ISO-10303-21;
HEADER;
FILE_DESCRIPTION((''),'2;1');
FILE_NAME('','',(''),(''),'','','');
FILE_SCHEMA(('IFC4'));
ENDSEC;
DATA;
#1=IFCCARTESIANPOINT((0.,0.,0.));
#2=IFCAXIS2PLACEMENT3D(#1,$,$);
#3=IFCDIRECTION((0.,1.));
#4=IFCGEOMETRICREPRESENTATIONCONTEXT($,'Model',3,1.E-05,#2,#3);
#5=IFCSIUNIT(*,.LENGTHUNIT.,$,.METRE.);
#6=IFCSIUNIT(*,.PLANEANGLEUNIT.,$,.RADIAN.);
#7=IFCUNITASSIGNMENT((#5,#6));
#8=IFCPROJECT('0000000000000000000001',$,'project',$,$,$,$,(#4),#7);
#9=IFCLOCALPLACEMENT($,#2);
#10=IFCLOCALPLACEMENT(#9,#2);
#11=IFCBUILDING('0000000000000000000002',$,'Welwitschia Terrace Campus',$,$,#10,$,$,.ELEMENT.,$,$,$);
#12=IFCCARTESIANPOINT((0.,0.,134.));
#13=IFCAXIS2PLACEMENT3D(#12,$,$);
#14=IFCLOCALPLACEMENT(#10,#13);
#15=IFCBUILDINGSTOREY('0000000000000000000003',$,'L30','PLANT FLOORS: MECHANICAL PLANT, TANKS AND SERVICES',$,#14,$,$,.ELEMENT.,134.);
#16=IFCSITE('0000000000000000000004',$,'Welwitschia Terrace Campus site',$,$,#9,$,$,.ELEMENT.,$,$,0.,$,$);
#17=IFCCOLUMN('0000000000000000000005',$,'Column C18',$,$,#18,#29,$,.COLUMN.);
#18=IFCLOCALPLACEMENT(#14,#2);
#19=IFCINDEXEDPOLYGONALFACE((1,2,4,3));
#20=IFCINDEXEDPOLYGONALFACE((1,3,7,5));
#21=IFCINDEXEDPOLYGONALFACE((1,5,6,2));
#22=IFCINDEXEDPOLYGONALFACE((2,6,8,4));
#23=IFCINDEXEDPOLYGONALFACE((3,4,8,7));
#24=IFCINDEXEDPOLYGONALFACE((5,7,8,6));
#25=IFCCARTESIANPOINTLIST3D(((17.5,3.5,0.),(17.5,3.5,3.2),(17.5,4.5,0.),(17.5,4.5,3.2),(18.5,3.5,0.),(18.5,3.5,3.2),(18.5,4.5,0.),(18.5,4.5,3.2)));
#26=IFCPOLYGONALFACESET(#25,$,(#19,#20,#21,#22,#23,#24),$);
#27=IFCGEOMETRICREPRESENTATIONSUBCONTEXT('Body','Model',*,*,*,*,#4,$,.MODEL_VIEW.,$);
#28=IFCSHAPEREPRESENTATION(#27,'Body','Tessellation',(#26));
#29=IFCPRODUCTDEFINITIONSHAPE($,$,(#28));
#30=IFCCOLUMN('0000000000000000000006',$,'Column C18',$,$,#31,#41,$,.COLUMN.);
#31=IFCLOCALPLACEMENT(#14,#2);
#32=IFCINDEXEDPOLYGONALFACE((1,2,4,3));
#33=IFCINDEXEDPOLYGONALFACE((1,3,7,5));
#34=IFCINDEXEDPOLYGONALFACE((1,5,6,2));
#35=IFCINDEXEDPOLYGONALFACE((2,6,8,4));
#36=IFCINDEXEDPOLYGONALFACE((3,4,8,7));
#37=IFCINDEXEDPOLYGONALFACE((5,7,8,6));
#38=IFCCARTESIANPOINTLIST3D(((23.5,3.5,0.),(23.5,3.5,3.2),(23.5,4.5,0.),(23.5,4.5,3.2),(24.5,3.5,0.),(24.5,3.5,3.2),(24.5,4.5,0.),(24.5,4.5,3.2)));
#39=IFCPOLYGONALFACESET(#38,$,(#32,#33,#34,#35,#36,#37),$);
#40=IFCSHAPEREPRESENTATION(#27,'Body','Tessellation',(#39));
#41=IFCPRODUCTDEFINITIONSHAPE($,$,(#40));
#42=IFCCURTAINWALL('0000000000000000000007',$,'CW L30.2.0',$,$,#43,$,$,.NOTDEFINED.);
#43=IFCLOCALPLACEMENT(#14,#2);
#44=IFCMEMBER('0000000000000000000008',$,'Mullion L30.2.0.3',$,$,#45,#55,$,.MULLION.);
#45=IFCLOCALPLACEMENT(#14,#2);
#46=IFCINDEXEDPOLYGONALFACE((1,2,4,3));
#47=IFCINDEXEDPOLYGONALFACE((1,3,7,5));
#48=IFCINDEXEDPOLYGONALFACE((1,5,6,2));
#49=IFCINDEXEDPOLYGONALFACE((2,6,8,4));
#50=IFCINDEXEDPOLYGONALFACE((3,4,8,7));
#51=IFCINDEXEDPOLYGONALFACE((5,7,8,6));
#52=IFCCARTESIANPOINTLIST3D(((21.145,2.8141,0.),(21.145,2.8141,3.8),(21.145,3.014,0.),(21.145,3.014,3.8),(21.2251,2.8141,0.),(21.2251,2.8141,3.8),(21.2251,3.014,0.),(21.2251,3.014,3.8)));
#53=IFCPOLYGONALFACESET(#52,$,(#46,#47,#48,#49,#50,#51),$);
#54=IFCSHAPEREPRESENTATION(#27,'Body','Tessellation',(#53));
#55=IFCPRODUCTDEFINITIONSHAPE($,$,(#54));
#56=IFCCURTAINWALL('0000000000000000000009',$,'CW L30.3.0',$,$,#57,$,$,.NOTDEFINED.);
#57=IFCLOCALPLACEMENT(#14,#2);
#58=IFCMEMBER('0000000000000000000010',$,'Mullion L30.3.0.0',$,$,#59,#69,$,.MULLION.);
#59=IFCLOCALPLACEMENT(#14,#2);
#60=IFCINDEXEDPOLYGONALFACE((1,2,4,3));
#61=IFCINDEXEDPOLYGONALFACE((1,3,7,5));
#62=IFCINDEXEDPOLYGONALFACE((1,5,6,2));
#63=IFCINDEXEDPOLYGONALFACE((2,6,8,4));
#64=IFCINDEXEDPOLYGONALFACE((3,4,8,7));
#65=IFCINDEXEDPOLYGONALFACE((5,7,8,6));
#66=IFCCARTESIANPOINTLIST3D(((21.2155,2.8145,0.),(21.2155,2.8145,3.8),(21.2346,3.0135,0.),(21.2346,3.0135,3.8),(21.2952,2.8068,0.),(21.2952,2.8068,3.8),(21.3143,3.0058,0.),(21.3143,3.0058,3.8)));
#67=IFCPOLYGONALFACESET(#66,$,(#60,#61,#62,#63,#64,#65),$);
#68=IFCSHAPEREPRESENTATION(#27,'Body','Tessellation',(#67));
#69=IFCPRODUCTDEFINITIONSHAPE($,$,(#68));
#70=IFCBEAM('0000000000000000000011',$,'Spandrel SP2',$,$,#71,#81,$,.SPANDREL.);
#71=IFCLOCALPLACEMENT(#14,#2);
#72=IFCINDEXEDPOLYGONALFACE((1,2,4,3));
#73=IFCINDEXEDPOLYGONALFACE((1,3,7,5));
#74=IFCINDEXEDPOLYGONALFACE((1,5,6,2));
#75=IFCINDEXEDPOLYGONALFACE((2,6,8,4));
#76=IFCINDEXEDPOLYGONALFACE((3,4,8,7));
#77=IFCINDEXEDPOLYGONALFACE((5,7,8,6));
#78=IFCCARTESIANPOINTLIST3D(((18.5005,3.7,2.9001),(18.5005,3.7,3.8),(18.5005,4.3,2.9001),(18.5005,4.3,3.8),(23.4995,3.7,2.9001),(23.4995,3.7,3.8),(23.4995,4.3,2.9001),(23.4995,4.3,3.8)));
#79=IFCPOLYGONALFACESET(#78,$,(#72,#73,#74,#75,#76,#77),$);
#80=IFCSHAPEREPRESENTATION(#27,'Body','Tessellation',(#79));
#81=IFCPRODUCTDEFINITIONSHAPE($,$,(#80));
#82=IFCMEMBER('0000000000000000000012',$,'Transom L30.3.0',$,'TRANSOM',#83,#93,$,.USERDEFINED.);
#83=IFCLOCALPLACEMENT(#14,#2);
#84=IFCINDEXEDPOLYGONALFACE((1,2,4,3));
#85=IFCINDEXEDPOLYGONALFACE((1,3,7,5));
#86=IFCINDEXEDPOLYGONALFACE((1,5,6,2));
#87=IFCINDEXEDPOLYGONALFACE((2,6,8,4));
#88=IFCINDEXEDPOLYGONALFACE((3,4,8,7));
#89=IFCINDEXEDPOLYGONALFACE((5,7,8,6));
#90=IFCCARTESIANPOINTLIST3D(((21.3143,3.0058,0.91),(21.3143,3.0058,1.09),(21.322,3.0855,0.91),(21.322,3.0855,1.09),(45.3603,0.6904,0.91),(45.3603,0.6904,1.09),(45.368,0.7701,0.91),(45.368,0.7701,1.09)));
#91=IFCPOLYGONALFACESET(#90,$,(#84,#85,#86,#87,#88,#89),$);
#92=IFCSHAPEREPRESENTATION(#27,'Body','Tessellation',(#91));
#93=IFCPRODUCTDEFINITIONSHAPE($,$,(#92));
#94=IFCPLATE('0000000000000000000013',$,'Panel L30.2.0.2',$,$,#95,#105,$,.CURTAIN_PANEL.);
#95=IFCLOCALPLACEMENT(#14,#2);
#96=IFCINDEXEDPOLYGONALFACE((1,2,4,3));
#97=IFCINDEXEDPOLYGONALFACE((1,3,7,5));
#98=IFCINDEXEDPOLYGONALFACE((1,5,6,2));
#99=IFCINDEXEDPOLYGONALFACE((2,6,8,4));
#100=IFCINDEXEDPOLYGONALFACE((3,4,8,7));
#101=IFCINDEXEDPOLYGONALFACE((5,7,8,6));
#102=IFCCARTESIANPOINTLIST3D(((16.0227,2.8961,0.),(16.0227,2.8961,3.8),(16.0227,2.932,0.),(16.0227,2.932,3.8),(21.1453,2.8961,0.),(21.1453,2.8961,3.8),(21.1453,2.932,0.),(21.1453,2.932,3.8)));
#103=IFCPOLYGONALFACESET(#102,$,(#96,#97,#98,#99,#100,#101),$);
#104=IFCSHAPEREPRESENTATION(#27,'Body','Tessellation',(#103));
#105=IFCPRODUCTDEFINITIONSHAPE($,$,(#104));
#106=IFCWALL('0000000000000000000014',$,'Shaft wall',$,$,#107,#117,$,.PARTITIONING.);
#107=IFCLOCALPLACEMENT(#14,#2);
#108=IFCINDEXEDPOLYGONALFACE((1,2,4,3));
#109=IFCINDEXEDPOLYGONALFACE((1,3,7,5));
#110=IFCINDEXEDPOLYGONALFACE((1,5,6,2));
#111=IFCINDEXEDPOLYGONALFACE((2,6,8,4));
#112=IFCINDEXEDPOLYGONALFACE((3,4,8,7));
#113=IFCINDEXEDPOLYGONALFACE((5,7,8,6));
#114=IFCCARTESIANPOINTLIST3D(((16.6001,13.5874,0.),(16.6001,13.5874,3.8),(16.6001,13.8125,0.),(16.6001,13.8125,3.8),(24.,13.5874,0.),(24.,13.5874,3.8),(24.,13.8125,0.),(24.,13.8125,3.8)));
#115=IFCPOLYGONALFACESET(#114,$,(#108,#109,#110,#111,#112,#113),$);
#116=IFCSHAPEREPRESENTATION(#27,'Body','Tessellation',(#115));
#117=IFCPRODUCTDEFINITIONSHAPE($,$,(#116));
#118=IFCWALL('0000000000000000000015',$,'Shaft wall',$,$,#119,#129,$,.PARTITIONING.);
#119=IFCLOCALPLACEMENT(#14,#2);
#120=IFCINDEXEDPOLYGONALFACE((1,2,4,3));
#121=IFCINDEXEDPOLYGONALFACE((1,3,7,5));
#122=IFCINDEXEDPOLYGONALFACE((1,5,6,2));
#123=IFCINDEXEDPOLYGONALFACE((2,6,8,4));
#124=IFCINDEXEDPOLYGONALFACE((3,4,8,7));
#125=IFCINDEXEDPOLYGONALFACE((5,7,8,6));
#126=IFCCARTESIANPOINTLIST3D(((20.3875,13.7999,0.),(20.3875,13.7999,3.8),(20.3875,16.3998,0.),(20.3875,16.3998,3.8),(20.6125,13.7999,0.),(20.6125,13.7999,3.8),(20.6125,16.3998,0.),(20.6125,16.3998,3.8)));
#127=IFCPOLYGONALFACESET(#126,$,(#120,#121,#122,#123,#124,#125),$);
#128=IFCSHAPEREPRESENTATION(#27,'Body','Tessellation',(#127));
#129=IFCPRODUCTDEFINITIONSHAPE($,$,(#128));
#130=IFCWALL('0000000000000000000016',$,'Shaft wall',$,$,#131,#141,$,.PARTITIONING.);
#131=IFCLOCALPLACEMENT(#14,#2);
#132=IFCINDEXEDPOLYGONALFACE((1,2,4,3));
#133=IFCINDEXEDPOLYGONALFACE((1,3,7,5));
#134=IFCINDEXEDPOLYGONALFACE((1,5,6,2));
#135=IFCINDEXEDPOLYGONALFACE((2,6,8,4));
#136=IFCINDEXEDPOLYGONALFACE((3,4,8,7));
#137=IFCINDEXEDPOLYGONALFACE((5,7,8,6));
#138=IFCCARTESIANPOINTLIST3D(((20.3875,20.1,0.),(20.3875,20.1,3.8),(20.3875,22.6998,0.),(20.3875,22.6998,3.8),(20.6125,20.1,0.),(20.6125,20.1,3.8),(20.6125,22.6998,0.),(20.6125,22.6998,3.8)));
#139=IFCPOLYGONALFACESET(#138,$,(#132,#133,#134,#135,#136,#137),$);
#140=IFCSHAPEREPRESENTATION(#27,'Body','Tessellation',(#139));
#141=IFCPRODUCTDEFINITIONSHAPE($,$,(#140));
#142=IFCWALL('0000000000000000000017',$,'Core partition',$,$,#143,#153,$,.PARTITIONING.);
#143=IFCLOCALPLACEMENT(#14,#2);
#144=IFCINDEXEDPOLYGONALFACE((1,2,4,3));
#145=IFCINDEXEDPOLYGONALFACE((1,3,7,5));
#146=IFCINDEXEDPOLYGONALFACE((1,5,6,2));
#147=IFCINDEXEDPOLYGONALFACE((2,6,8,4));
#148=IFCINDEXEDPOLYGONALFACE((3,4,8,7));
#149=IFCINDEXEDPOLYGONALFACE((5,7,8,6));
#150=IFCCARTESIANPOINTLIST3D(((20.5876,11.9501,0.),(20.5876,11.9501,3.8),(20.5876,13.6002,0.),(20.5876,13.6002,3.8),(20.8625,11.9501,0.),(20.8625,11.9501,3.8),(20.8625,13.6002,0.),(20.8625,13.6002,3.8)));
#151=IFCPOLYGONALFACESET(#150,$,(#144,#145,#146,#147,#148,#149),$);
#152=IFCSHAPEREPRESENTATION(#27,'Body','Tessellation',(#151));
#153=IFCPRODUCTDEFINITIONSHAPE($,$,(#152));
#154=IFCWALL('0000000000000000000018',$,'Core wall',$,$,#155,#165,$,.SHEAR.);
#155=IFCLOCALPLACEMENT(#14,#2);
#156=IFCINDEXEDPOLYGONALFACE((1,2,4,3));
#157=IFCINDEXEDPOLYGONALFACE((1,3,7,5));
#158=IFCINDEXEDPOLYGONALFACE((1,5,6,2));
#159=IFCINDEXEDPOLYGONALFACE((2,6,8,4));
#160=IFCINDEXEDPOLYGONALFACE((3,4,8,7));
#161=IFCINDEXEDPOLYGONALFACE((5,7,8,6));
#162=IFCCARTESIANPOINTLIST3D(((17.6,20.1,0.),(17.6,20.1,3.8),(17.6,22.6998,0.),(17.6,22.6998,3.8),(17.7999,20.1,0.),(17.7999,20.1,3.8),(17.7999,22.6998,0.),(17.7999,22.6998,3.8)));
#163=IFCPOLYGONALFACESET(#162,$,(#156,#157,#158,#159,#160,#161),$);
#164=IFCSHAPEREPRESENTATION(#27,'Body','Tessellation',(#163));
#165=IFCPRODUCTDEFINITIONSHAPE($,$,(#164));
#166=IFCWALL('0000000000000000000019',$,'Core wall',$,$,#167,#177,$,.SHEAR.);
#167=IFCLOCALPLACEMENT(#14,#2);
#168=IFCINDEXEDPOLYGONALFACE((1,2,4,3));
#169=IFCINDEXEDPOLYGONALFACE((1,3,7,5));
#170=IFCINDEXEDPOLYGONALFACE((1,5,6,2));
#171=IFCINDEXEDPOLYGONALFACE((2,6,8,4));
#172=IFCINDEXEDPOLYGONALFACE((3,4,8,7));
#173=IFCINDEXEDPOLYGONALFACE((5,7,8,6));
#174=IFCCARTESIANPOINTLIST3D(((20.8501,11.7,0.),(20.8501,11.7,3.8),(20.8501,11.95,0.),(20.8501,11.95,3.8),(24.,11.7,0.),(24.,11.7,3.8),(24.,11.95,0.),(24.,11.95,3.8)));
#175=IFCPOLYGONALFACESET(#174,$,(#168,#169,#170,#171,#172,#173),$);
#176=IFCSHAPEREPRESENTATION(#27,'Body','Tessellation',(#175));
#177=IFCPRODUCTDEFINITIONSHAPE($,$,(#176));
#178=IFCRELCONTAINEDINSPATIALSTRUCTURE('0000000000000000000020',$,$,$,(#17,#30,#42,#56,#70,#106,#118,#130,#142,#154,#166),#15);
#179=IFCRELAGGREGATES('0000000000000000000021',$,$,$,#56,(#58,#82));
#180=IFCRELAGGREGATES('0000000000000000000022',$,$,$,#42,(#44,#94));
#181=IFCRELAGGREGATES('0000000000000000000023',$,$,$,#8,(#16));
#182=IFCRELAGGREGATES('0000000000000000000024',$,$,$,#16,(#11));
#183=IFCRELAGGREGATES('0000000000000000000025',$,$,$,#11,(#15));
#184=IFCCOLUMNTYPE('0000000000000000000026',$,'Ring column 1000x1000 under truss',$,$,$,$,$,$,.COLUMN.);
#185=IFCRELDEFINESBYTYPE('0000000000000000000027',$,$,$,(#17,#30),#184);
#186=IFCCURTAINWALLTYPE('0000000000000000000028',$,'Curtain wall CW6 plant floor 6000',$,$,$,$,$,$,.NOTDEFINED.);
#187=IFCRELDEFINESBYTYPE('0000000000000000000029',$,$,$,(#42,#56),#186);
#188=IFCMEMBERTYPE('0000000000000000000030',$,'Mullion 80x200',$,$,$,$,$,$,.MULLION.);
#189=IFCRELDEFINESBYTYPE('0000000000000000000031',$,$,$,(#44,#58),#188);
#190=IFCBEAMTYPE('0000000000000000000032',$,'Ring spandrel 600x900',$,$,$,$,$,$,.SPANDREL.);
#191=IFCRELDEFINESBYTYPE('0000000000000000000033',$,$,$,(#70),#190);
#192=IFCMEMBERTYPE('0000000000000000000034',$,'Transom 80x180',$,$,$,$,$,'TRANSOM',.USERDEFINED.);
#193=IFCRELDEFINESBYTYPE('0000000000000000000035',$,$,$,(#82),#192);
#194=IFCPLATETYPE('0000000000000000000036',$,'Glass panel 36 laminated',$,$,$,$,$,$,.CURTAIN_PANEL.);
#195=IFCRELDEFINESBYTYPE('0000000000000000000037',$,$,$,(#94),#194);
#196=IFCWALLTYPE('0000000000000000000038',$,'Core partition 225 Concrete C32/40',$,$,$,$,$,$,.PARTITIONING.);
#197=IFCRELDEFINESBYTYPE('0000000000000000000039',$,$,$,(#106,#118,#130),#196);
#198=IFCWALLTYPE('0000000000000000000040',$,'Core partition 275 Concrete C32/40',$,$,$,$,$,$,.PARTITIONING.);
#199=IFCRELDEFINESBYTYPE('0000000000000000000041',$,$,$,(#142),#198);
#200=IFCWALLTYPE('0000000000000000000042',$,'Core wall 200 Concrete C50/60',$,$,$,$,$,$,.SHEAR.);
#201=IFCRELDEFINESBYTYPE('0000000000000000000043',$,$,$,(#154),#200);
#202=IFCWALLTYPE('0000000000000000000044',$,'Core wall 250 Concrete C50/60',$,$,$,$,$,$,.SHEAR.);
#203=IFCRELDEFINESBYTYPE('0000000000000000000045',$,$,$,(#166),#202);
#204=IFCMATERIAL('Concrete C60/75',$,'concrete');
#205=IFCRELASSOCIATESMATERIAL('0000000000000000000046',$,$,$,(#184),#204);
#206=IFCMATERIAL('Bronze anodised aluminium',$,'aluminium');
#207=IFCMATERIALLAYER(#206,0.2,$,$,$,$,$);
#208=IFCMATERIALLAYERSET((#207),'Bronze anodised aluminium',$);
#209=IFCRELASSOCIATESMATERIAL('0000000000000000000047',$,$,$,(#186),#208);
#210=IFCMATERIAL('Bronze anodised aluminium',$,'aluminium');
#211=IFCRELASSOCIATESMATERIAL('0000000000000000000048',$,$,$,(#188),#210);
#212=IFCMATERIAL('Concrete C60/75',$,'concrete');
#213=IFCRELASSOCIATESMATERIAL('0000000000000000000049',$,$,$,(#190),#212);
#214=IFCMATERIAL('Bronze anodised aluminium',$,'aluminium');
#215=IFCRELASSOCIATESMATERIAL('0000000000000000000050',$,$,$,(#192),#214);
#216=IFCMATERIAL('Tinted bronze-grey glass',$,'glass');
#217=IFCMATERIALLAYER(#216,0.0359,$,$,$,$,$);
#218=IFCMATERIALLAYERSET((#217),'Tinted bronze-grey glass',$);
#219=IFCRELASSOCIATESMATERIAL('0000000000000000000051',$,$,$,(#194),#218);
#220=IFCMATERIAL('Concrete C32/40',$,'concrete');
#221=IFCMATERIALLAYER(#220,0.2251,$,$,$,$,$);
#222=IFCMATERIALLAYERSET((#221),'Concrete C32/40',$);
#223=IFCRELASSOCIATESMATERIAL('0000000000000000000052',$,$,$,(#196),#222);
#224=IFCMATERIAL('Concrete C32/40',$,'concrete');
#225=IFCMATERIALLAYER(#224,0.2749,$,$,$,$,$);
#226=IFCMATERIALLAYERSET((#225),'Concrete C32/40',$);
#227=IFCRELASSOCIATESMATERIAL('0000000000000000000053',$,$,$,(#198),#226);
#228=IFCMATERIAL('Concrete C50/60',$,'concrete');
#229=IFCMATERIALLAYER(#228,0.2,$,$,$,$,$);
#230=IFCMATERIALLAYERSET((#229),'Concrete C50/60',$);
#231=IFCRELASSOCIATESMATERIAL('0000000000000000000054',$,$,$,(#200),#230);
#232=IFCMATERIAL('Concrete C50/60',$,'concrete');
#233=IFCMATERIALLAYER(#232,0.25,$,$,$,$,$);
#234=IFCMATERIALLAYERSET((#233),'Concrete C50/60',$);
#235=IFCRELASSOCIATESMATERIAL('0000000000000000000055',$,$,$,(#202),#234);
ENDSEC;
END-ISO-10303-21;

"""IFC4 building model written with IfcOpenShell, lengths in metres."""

from ifc_helpers import new_model, si_unit, direction, frame, frame_2d, origin, origin_2d, place, context, subcontext, project, spatial, rectangle, extrude, material, layer, layer_set, material_profile, profile_set, type_object, element, aggregate, save


model = new_model("IFC4")

# Units and contexts
model_context = context("Model", 3, precision=1e-05, world=origin(), true_north=direction((0.0, 1.0)))
body_context = subcontext(model_context, "Body", "Model", "MODEL_VIEW")
ifc_project = project(units=[si_unit("LENGTHUNIT", "METRE"), si_unit("PLANEANGLEUNIT", "RADIAN")], contexts=[model_context])

# Site, building, storey
site_placement = place(None, origin())
site = spatial("IfcSite", under=ifc_project, at=site_placement, Name="Welwitschia Terrace Campus site", CompositionType="ELEMENT", RefElevation=0.0)
building_placement = place(site_placement, origin())
building = spatial("IfcBuilding", under=site, at=building_placement, Name="Welwitschia Terrace Campus", CompositionType="ELEMENT")
storey_placement = place(building_placement, frame((0.0, 0.0, 134.0)))
storey = spatial("IfcBuildingStorey", under=building, at=storey_placement, Name="L30", Description="PLANT FLOORS: MECHANICAL PLANT, TANKS AND SERVICES", CompositionType="ELEMENT", Elevation=134.0)

# Columns
ifc_material_1 = material(Name="Concrete C60/75", Category="concrete")
ifc_material_profile_1 = material_profile(ifc_material_1, rectangle(XDim=1.0, YDim=1.0, at=origin_2d()))
ifc_profile_set_1 = profile_set([ifc_material_profile_1], Name="Concrete C60/75")
column_type = type_object("IfcColumnType", Name="Ring column 1000x1000 under truss", PredefinedType="COLUMN", material=ifc_profile_set_1)
for number, where, z_axis, x_axis, name in (
    (1, (18.0, 4.0, 0.0), (0.0, 0.0, 1.0), (1.0, 0.0, 0.0), "Column C18"),
    (2, (24.0, 4.0, 0.0), (0.0, 0.0, 1.0), (1.0, 0.0, 0.0), "Column C18"),
):
    element("IfcColumn", number, at=place(storey_placement, frame(where, z_axis=z_axis, x_axis=x_axis)), inside=storey, type_object=column_type, Name=name, PredefinedType="COLUMN", context=body_context, shape_type="SweptSolid", body=[
        extrude(rectangle(XDim=1.0, YDim=1.0, at=origin_2d()), origin(), (0.0, 0.0, 1.0), 3.2),
    ])

# Curtain walls, members
ifc_material_2 = material(Name="Bronze anodised aluminium", Category="aluminium")
ifc_layer_1 = layer(ifc_material_2, 0.2)
ifc_layer_set_1 = layer_set([ifc_layer_1], Name="Bronze anodised aluminium")
curtain_wall_type = type_object("IfcCurtainWallType", Name="Curtain wall CW6 plant floor 6000", PredefinedType="NOTDEFINED", material=ifc_layer_set_1)
curtain_wall_1_placement = place(storey_placement, origin())
curtain_wall_1 = element("IfcCurtainWall", 3, at=curtain_wall_1_placement, inside=storey, type_object=curtain_wall_type, Name="CW L30.2.0", PredefinedType="NOTDEFINED")
ifc_material_3 = material(Name="Bronze anodised aluminium", Category="aluminium")
ifc_material_profile_2 = material_profile(ifc_material_3, rectangle(XDim=0.2, YDim=0.0801, at=origin_2d()))
ifc_profile_set_2 = profile_set([ifc_material_profile_2], Name="Bronze anodised aluminium")
member_type_1 = type_object("IfcMemberType", Name="Mullion 80x200", PredefinedType="MULLION", material=ifc_profile_set_2)
member_1_placement = place(storey_placement, frame((21.1851, 2.9141, 0.0), z_axis=(0.0, 0.0, 1.0), x_axis=(0.0, 1.0, 0.0)))
member_1 = element("IfcMember", 4, at=member_1_placement, type_object=member_type_1, Name="Mullion L30.2.0.3", PredefinedType="MULLION", context=body_context, shape_type="SweptSolid", body=[
    extrude(rectangle(XDim=0.2, YDim=0.0801, at=origin_2d()), origin(), (0.0, 0.0, 1.0), 3.8),
])
curtain_wall_2_placement = place(storey_placement, origin())
curtain_wall_2 = element("IfcCurtainWall", 5, at=curtain_wall_2_placement, inside=storey, type_object=curtain_wall_type, Name="CW L30.3.0", PredefinedType="NOTDEFINED")
member_2_placement = place(storey_placement, frame((21.2649, 2.9102, 0.0), z_axis=(0.0, 0.0, 1.0), x_axis=(0.095846, 0.995396, 0.0)))
member_2 = element("IfcMember", 6, at=member_2_placement, type_object=member_type_1, Name="Mullion L30.3.0.0", PredefinedType="MULLION", context=body_context, shape_type="SweptSolid", body=[
    extrude(rectangle(XDim=0.2, YDim=0.0801, at=origin_2d()), origin(), (0.0, 0.0, 1.0), 3.8),
])

# Beam
ifc_material_4 = material(Name="Concrete C60/75", Category="concrete")
ifc_material_profile_3 = material_profile(ifc_material_4, rectangle(XDim=0.6001, YDim=0.8999, at=origin_2d()))
ifc_profile_set_3 = profile_set([ifc_material_profile_3], Name="Concrete C60/75")
beam_type = type_object("IfcBeamType", Name="Ring spandrel 600x900", PredefinedType="SPANDREL", material=ifc_profile_set_3)
beam_placement = place(storey_placement, frame((18.5005, 4.0, 3.3501), z_axis=(1.0, 0.0, 0.0), x_axis=(0.0, 1.0, 0.0)))
element("IfcBeam", 7, at=beam_placement, inside=storey, type_object=beam_type, Name="Spandrel SP2", PredefinedType="SPANDREL", context=body_context, shape_type="SweptSolid", body=[
    extrude(rectangle(XDim=0.6001, YDim=0.8999, at=origin_2d()), origin(), (0.0, 0.0, 1.0), 4.999),
])

# Member
ifc_material_5 = material(Name="Bronze anodised aluminium", Category="aluminium")
ifc_material_profile_4 = material_profile(ifc_material_5, rectangle(XDim=0.0801, YDim=0.1799, at=origin_2d()))
ifc_profile_set_4 = profile_set([ifc_material_profile_4], Name="Bronze anodised aluminium")
member_type_2 = type_object("IfcMemberType", Name="Transom 80x180", ElementType="TRANSOM", PredefinedType="USERDEFINED", material=ifc_profile_set_4)
member_3_placement = place(storey_placement, frame((21.3181, 3.0457, 1.0), z_axis=(0.995396, -0.095849, 0.0), x_axis=(0.095849, 0.995396, 0.0)))
member_3 = element("IfcMember", 8, at=member_3_placement, type_object=member_type_2, Name="Transom L30.3.0", ObjectType="TRANSOM", PredefinedType="USERDEFINED", context=body_context, shape_type="SweptSolid", body=[
    extrude(rectangle(XDim=0.0801, YDim=0.1799, at=origin_2d()), origin(), (0.0, 0.0, 1.0), 24.1572),
])
aggregate(curtain_wall_2, [member_2, member_3])

# Plate
ifc_material_6 = material(Name="Tinted bronze-grey glass", Category="glass")
ifc_layer_2 = layer(ifc_material_6, 0.0359)
ifc_layer_set_2 = layer_set([ifc_layer_2], Name="Tinted bronze-grey glass")
plate_type = type_object("IfcPlateType", Name="Glass panel 36 laminated", PredefinedType="CURTAIN_PANEL", material=ifc_layer_set_2)
plate_placement = place(storey_placement, frame((18.584, 2.9141, 0.0), z_axis=(0.0, 0.0, 1.0), x_axis=(1.0, 0.0, 0.0)))
plate = element("IfcPlate", 9, at=plate_placement, type_object=plate_type, Name="Panel L30.2.0.2", PredefinedType="CURTAIN_PANEL", context=body_context, shape_type="SweptSolid", body=[
    extrude(rectangle(XDim=5.1226, YDim=0.0359, at=origin_2d()), origin(), (0.0, 0.0, 1.0), 3.8),
])
aggregate(curtain_wall_1, [member_1, plate])

# Walls
ifc_material_7 = material(Name="Concrete C32/40", Category="concrete")
ifc_layer_3 = layer(ifc_material_7, 0.2251)
ifc_layer_set_3 = layer_set([ifc_layer_3], Name="Concrete C32/40")
wall_type_1 = type_object("IfcWallType", Name="Core partition 225 Concrete C32/40", PredefinedType="PARTITIONING", material=ifc_layer_set_3)
wall_1_placement = place(storey_placement, frame((16.6001, 13.7, 0.0), z_axis=(0.0, 0.0, 1.0), x_axis=(1.0, 0.0, 0.0)))
element("IfcWall", 10, at=wall_1_placement, inside=storey, type_object=wall_type_1, Name="Shaft wall", PredefinedType="PARTITIONING", context=body_context, shape_type="SweptSolid", body=[
    extrude(rectangle(XDim=7.3999, YDim=0.2251, at=frame_2d((3.7, 0.0))), origin(), (0.0, 0.0, 1.0), 3.8),
])
for number, where, z_axis, x_axis, name in (
    (11, (20.5, 13.8, 0.0), (0.0, 0.0, 1.0), (0.0, 1.0, 0.0), "Shaft wall"),
    (12, (20.5, 20.1001, 0.0), (0.0, 0.0, 1.0), (0.0, 1.0, 0.0), "Shaft wall"),
):
    element("IfcWall", number, at=place(storey_placement, frame(where, z_axis=z_axis, x_axis=x_axis)), inside=storey, type_object=wall_type_1, Name=name, PredefinedType="PARTITIONING", context=body_context, shape_type="SweptSolid", body=[
        extrude(rectangle(XDim=2.5999, YDim=0.2251, at=frame_2d((1.2998, 0.0))), origin(), (0.0, 0.0, 1.0), 3.8),
    ])
ifc_material_8 = material(Name="Concrete C32/40", Category="concrete")
ifc_layer_4 = layer(ifc_material_8, 0.2749)
ifc_layer_set_4 = layer_set([ifc_layer_4], Name="Concrete C32/40")
wall_type_2 = type_object("IfcWallType", Name="Core partition 275 Concrete C32/40", PredefinedType="PARTITIONING", material=ifc_layer_set_4)
wall_2_placement = place(storey_placement, frame((20.7251, 11.95, 0.0), z_axis=(0.0, 0.0, 1.0), x_axis=(0.0, 1.0, 0.0)))
element("IfcWall", 13, at=wall_2_placement, inside=storey, type_object=wall_type_2, Name="Core partition", PredefinedType="PARTITIONING", context=body_context, shape_type="SweptSolid", body=[
    extrude(rectangle(XDim=1.6501, YDim=0.2749, at=frame_2d((0.8252, 0.0))), origin(), (0.0, 0.0, 1.0), 3.8),
])
ifc_material_9 = material(Name="Concrete C50/60", Category="concrete")
ifc_layer_5 = layer(ifc_material_9, 0.2)
ifc_layer_set_5 = layer_set([ifc_layer_5], Name="Concrete C50/60")
wall_type_3 = type_object("IfcWallType", Name="Core wall 200 Concrete C50/60", PredefinedType="SHEAR", material=ifc_layer_set_5)
wall_3_placement = place(storey_placement, frame((17.7, 20.1001, 0.0), z_axis=(0.0, 0.0, 1.0), x_axis=(0.0, 1.0, 0.0)))
element("IfcWall", 14, at=wall_3_placement, inside=storey, type_object=wall_type_3, Name="Core wall", PredefinedType="SHEAR", context=body_context, shape_type="SweptSolid", body=[
    extrude(rectangle(XDim=2.5999, YDim=0.2, at=frame_2d((1.2998, 0.0))), origin(), (0.0, 0.0, 1.0), 3.8),
])
ifc_material_10 = material(Name="Concrete C50/60", Category="concrete")
ifc_layer_6 = layer(ifc_material_10, 0.25)
ifc_layer_set_6 = layer_set([ifc_layer_6], Name="Concrete C50/60")
wall_type_4 = type_object("IfcWallType", Name="Core wall 250 Concrete C50/60", PredefinedType="SHEAR", material=ifc_layer_set_6)
wall_4_placement = place(storey_placement, frame((20.8501, 11.825, 0.0), z_axis=(0.0, 0.0, 1.0), x_axis=(1.0, 0.0, 0.0)))
element("IfcWall", 15, at=wall_4_placement, inside=storey, type_object=wall_type_4, Name="Core wall", PredefinedType="SHEAR", context=body_context, shape_type="SweptSolid", body=[
    extrude(rectangle(XDim=3.1499, YDim=0.25, at=frame_2d((1.575, 0.0))), origin(), (0.0, 0.0, 1.0), 3.8),
])

save(model, "model.ifc")
